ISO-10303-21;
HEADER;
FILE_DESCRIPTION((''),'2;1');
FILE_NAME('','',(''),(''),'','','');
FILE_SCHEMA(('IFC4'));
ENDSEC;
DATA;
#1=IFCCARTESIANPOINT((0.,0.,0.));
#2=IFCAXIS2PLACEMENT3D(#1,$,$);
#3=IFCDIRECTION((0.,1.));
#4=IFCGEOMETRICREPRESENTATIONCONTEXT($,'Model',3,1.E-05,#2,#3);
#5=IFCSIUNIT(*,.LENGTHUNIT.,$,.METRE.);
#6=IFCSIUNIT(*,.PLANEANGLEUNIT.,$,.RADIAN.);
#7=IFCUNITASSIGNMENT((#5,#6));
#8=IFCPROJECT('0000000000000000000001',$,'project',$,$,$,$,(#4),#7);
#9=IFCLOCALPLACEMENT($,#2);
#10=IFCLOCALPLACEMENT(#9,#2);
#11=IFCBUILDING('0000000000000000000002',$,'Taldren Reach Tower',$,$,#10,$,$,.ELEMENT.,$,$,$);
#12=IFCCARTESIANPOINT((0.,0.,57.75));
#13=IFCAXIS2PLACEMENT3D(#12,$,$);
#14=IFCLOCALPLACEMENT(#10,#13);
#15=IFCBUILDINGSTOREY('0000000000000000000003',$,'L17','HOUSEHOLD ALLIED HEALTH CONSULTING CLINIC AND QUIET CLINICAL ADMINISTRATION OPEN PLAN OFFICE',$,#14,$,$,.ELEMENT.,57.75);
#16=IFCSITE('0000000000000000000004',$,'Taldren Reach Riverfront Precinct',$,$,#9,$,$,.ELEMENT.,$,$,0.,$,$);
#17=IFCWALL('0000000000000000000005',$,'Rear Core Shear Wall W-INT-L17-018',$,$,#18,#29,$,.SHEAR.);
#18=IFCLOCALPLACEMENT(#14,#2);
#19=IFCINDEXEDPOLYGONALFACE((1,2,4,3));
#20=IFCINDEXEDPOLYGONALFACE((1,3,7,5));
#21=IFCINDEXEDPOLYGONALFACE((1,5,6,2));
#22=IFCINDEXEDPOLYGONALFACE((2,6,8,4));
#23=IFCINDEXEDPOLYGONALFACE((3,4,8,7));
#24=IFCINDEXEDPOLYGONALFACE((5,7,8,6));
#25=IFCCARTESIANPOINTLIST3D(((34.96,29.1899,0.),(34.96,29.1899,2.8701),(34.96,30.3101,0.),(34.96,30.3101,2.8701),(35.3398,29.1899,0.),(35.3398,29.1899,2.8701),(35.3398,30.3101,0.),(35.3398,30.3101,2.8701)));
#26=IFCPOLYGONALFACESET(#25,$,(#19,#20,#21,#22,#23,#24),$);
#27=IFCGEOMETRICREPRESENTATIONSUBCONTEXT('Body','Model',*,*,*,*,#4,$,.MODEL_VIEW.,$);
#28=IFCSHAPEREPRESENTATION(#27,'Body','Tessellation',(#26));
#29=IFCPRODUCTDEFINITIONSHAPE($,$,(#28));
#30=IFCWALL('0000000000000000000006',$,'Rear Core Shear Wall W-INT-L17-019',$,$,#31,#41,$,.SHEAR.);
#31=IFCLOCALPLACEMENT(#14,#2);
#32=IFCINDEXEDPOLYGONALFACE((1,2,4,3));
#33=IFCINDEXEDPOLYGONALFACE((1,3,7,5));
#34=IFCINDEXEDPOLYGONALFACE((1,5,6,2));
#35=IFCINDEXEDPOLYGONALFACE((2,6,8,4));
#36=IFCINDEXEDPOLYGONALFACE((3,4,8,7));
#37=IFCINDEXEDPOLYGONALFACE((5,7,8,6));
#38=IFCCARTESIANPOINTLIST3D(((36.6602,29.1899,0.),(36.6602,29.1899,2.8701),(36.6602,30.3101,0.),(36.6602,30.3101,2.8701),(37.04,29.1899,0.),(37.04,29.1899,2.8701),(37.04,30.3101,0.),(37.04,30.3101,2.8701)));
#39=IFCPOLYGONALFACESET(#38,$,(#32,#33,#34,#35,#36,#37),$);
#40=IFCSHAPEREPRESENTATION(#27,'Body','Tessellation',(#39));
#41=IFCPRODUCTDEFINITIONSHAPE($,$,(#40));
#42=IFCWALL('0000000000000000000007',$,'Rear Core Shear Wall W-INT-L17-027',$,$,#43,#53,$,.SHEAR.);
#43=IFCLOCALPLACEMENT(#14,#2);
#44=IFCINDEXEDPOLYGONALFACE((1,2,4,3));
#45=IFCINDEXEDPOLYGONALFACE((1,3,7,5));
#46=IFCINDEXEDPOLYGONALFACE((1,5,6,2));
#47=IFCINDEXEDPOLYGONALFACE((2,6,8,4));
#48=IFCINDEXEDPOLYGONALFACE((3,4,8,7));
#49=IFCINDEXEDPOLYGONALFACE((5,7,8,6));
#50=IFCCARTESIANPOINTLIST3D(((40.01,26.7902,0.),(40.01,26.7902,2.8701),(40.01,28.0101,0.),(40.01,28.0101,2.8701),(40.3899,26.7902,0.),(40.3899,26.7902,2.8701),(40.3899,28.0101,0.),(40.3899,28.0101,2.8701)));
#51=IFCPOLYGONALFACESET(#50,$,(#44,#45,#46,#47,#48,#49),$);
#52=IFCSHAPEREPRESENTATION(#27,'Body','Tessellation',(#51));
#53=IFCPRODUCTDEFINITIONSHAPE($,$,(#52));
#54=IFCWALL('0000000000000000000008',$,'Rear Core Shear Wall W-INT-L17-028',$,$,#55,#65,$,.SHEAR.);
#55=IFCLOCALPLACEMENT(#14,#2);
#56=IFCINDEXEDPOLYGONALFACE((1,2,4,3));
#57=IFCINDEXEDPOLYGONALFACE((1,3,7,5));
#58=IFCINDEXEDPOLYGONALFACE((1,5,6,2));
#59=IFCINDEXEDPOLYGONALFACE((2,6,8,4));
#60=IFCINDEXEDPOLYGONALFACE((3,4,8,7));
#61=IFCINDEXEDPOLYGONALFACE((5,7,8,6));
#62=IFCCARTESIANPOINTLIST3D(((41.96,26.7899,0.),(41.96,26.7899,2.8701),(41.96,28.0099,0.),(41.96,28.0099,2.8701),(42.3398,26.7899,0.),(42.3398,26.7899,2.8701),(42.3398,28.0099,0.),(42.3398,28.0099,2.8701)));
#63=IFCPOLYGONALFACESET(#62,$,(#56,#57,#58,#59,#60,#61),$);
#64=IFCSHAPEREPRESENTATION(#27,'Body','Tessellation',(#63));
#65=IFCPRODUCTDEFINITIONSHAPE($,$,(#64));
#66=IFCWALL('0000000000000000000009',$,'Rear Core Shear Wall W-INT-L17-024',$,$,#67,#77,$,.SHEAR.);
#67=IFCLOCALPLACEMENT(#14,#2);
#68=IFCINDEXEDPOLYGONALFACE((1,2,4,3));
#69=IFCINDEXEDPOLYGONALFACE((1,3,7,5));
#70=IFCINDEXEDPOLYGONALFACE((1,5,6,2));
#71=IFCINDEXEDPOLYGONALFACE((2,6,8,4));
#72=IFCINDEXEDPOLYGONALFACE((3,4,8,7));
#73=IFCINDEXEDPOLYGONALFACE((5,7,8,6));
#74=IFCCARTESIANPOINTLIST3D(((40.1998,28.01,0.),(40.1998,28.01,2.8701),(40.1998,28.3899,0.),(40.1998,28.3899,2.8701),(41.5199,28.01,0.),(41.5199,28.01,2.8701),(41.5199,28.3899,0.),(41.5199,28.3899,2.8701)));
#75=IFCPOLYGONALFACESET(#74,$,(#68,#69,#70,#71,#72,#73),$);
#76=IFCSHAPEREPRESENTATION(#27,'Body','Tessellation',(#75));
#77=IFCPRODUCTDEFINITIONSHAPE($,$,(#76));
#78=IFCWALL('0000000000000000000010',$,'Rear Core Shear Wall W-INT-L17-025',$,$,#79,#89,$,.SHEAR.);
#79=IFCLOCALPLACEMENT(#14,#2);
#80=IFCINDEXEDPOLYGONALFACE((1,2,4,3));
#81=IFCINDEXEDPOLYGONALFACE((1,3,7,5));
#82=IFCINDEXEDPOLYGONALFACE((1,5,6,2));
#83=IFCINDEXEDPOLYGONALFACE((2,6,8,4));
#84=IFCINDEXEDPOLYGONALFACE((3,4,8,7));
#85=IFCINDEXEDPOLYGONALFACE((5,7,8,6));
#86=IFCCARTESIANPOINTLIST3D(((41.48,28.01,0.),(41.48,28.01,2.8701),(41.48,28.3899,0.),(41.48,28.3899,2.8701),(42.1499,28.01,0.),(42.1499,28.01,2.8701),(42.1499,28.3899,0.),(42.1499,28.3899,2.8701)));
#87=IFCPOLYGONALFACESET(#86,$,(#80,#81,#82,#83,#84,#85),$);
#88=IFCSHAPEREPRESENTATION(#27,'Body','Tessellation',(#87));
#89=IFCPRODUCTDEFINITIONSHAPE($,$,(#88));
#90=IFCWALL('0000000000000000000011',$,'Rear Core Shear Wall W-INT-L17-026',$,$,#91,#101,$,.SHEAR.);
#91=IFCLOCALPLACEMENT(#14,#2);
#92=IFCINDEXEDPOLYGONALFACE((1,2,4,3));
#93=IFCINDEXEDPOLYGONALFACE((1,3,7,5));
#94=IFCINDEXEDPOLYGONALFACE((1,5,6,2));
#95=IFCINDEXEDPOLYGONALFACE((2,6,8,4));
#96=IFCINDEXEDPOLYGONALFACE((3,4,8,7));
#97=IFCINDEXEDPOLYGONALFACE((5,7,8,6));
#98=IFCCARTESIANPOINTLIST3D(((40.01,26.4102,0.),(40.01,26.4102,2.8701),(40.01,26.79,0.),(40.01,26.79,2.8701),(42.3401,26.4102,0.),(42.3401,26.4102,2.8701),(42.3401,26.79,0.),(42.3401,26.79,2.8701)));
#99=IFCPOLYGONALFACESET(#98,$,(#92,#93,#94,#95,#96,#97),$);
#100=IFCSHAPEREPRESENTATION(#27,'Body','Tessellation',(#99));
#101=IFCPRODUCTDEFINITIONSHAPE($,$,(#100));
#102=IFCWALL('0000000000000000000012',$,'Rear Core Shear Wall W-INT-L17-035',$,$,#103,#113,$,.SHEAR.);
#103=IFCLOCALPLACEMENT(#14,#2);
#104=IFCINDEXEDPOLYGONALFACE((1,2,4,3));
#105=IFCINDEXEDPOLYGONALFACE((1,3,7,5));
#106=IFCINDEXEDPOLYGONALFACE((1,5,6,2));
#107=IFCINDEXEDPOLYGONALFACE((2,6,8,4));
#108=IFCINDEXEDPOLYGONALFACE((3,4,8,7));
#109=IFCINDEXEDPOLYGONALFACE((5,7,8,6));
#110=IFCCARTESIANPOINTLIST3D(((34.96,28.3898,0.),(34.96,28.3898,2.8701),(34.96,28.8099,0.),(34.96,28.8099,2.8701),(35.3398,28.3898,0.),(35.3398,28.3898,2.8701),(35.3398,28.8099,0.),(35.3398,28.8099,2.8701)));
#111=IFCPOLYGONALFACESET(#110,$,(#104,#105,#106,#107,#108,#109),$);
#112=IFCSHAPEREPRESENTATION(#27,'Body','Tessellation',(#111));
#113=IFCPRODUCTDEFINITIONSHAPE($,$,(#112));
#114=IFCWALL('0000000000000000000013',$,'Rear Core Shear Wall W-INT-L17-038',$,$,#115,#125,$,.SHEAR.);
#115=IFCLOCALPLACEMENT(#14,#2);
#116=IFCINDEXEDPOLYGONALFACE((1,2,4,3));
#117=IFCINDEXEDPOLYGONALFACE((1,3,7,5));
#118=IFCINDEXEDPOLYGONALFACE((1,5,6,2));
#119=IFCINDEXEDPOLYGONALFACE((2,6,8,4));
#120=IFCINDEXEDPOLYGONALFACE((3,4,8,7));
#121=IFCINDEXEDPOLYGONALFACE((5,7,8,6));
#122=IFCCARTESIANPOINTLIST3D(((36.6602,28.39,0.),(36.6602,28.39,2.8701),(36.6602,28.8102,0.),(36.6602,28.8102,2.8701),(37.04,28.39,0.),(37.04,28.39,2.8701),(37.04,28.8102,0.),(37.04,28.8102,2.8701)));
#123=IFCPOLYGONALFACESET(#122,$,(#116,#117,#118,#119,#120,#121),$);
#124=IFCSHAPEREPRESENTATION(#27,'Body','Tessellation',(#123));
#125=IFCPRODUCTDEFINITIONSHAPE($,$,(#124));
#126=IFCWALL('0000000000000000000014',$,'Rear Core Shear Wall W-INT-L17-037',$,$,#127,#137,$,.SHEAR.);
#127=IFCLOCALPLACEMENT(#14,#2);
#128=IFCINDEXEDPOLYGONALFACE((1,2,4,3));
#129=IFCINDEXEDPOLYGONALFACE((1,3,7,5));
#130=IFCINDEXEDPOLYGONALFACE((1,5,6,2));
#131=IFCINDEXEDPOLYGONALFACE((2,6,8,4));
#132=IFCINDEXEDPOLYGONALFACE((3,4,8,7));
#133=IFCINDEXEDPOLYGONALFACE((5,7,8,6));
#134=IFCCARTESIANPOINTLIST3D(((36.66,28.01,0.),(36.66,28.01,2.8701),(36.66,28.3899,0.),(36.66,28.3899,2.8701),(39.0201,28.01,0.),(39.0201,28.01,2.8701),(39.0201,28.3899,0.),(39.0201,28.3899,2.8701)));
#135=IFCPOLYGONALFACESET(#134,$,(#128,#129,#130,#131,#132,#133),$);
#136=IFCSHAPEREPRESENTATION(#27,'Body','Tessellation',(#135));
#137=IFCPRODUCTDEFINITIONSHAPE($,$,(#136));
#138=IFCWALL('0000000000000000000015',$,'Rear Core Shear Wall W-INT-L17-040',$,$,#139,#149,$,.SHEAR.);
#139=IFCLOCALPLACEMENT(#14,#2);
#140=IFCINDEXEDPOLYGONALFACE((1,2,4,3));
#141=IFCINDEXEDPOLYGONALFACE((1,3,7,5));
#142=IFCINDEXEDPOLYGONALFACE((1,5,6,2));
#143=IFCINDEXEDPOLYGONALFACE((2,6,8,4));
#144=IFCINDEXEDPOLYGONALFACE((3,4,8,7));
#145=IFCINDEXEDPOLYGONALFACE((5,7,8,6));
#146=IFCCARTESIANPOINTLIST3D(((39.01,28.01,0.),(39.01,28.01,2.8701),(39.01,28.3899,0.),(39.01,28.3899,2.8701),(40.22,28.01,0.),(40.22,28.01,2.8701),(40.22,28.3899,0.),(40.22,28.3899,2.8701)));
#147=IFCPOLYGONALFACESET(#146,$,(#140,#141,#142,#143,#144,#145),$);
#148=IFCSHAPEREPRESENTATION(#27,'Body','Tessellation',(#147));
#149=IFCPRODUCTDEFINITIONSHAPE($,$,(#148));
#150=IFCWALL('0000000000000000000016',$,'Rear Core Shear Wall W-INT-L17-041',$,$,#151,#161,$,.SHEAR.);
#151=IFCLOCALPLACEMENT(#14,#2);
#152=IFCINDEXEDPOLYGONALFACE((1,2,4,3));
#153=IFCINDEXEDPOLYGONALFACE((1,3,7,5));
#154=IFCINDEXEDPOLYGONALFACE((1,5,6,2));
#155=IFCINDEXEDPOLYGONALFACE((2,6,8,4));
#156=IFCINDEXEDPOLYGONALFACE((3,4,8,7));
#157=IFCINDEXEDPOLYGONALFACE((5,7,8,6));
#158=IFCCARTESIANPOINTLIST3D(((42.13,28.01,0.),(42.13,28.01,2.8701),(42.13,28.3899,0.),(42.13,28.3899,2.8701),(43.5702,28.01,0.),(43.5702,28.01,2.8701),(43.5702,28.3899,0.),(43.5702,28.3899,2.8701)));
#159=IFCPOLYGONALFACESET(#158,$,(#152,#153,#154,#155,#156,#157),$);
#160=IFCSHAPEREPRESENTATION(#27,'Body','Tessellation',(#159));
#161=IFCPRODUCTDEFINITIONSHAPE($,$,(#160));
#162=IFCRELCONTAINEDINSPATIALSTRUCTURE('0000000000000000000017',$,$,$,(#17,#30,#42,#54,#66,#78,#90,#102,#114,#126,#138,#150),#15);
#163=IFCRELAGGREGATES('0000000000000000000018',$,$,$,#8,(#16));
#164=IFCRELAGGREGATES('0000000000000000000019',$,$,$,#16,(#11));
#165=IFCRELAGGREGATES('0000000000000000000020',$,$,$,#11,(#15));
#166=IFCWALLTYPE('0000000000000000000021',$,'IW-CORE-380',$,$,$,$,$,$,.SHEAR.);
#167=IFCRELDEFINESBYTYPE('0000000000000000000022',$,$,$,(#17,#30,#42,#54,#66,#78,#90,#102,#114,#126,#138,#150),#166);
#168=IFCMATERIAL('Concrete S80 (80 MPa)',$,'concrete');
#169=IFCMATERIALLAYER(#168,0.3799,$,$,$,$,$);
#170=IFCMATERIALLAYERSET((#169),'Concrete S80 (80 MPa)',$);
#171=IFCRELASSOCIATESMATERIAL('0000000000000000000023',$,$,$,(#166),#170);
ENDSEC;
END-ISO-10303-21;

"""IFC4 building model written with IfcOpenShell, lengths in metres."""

from ifc_helpers import new_model, si_unit, direction, frame, frame_2d, origin, place, context, subcontext, project, spatial, rectangle, extrude, source, transform, mapped, material, layer, layer_set, type_object, element, save


model = new_model("IFC4")

# Units and contexts
model_context = context("Model", 3, precision=1e-05, world=origin(), true_north=direction((0.0, 1.0)))
body_context = subcontext(model_context, "Body", "Model", "MODEL_VIEW")
ifc_project = project(units=[si_unit("LENGTHUNIT", "METRE"), si_unit("PLANEANGLEUNIT", "RADIAN")], contexts=[model_context])

# Site, building, storey
site_placement = place(None, origin())
site = spatial("IfcSite", under=ifc_project, at=site_placement, Name="Taldren Reach Riverfront Precinct", CompositionType="ELEMENT", RefElevation=0.0)
building_placement = place(site_placement, origin())
building = spatial("IfcBuilding", under=site, at=building_placement, Name="Taldren Reach Tower", CompositionType="ELEMENT")
storey_placement = place(building_placement, frame((0.0, 0.0, 57.75)))
storey = spatial("IfcBuildingStorey", under=building, at=storey_placement, Name="L17", Description="HOUSEHOLD ALLIED HEALTH CONSULTING CLINIC AND QUIET CLINICAL ADMINISTRATION OPEN PLAN OFFICE", CompositionType="ELEMENT", Elevation=57.75)

# Shared definitions
ifc_material_1 = material(Name="Concrete S80 (80 MPa)", Category="concrete")
ifc_layer_1 = layer(ifc_material_1, 0.3799)
ifc_layer_set_1 = layer_set([ifc_layer_1], Name="Concrete S80 (80 MPa)")
wall_type_1 = type_object("IfcWallType", Name="IW-CORE-380", PredefinedType="SHEAR", material=ifc_layer_set_1)

# Walls
shared_shape_1 = source(origin(), body_context, "Body", "SweptSolid", [
    extrude(rectangle(XDim=1.1201, YDim=0.3799, at=frame_2d((0.5601, 0.0))), origin(), (0.0, 0.0, 1.0), 2.8701),
])
for number, where, z_axis, x_axis, name in (
    (1, (35.1499, 30.3101, 0.0), (0.0, 0.0, 1.0), (0.0, -1.0, 0.0), "Rear Core Shear Wall W-INT-L17-018"),
    (2, (36.8501, 29.1899, 0.0), (0.0, 0.0, 1.0), (0.0, 1.0, 0.0), "Rear Core Shear Wall W-INT-L17-019"),
):
    element("IfcWall", number, at=place(storey_placement, frame(where, z_axis=z_axis, x_axis=x_axis)), inside=storey, type_object=wall_type_1, Name=name, PredefinedType="SHEAR", context=body_context, shape_type="MappedRepresentation", body=[
        mapped(shared_shape_1, transform((0.0, 0.0, 0.0), scale=1.0)),
    ])
shared_shape_2 = source(origin(), body_context, "Body", "SweptSolid", [
    extrude(rectangle(XDim=1.22, YDim=0.3799, at=frame_2d((0.6099, 0.0))), origin(), (0.0, 0.0, 1.0), 2.8701),
])
for number, where, z_axis, x_axis, name in (
    (3, (40.2, 28.01, 0.0), (0.0, 0.0, 1.0), (0.0, -1.0, 0.0), "Rear Core Shear Wall W-INT-L17-027"),
    (4, (42.1499, 26.79, 0.0), (0.0, 0.0, 1.0), (0.0, 1.0, 0.0), "Rear Core Shear Wall W-INT-L17-028"),
):
    element("IfcWall", number, at=place(storey_placement, frame(where, z_axis=z_axis, x_axis=x_axis)), inside=storey, type_object=wall_type_1, Name=name, PredefinedType="SHEAR", context=body_context, shape_type="MappedRepresentation", body=[
        mapped(shared_shape_2, transform((0.0, 0.0, 0.0), scale=1.0)),
    ])
shared_shape_3 = source(origin(), body_context, "Body", "SweptSolid", [
    extrude(rectangle(XDim=1.3201, YDim=0.3799, at=frame_2d((0.6602, 0.0))), origin(), (0.0, 0.0, 1.0), 2.8701),
])
wall_1_placement = place(storey_placement, frame((41.52, 28.2, 0.0), z_axis=(0.0, 0.0, 1.0), x_axis=(-1.0, 0.0, 0.0)))
element("IfcWall", 5, at=wall_1_placement, inside=storey, type_object=wall_type_1, Name="Rear Core Shear Wall W-INT-L17-024", PredefinedType="SHEAR", context=body_context, shape_type="MappedRepresentation", body=[
    mapped(shared_shape_3, transform((0.0, 0.0, 0.0), scale=1.0)),
])
shared_shape_4 = source(origin(), body_context, "Body", "SweptSolid", [
    extrude(rectangle(XDim=0.6699, YDim=0.3799, at=frame_2d((0.335, 0.0))), origin(), (0.0, 0.0, 1.0), 2.8701),
])
wall_2_placement = place(storey_placement, frame((42.1499, 28.2, 0.0), z_axis=(0.0, 0.0, 1.0), x_axis=(-1.0, 0.0, 0.0)))
element("IfcWall", 6, at=wall_2_placement, inside=storey, type_object=wall_type_1, Name="Rear Core Shear Wall W-INT-L17-025", PredefinedType="SHEAR", context=body_context, shape_type="MappedRepresentation", body=[
    mapped(shared_shape_4, transform((0.0, 0.0, 0.0), scale=1.0)),
])
shared_shape_5 = source(origin(), body_context, "Body", "SweptSolid", [
    extrude(rectangle(XDim=2.3301, YDim=0.3799, at=frame_2d((1.165, 0.0))), origin(), (0.0, 0.0, 1.0), 2.8701),
])
wall_3_placement = place(storey_placement, frame((40.01, 26.6001, 0.0), z_axis=(0.0, 0.0, 1.0), x_axis=(1.0, 0.0, 0.0)))
element("IfcWall", 7, at=wall_3_placement, inside=storey, type_object=wall_type_1, Name="Rear Core Shear Wall W-INT-L17-026", PredefinedType="SHEAR", context=body_context, shape_type="MappedRepresentation", body=[
    mapped(shared_shape_5, transform((0.0, 0.0, 0.0), scale=1.0)),
])
shared_shape_6 = source(origin(), body_context, "Body", "SweptSolid", [
    extrude(rectangle(XDim=0.4202, YDim=0.3799, at=frame_2d((0.21, 0.0))), origin(), (0.0, 0.0, 1.0), 2.8701),
])
for number, where, z_axis, x_axis, name in (
    (8, (35.1499, 28.3899, 0.0), (0.0, 0.0, 1.0), (0.0, 1.0, 0.0), "Rear Core Shear Wall W-INT-L17-035"),
    (9, (36.8501, 28.8101, 0.0), (0.0, 0.0, 1.0), (0.0, -1.0, 0.0), "Rear Core Shear Wall W-INT-L17-038"),
):
    element("IfcWall", number, at=place(storey_placement, frame(where, z_axis=z_axis, x_axis=x_axis)), inside=storey, type_object=wall_type_1, Name=name, PredefinedType="SHEAR", context=body_context, shape_type="MappedRepresentation", body=[
        mapped(shared_shape_6, transform((0.0, 0.0, 0.0), scale=1.0)),
    ])
shared_shape_7 = source(origin(), body_context, "Body", "SweptSolid", [
    extrude(rectangle(XDim=2.3601, YDim=0.3799, at=frame_2d((1.1802, 0.0))), origin(), (0.0, 0.0, 1.0), 2.8701),
])
wall_4_placement = place(storey_placement, frame((36.6599, 28.2, 0.0), z_axis=(0.0, 0.0, 1.0), x_axis=(1.0, 0.0, 0.0)))
element("IfcWall", 10, at=wall_4_placement, inside=storey, type_object=wall_type_1, Name="Rear Core Shear Wall W-INT-L17-037", PredefinedType="SHEAR", context=body_context, shape_type="MappedRepresentation", body=[
    mapped(shared_shape_7, transform((0.0, 0.0, 0.0), scale=1.0)),
])
shared_shape_8 = source(origin(), body_context, "Body", "SweptSolid", [
    extrude(rectangle(XDim=1.21, YDim=0.3799, at=frame_2d((0.605, 0.0))), origin(), (0.0, 0.0, 1.0), 2.8701),
])
wall_5_placement = place(storey_placement, frame((39.01, 28.2, 0.0), z_axis=(0.0, 0.0, 1.0), x_axis=(1.0, 0.0, 0.0)))
element("IfcWall", 11, at=wall_5_placement, inside=storey, type_object=wall_type_1, Name="Rear Core Shear Wall W-INT-L17-040", PredefinedType="SHEAR", context=body_context, shape_type="MappedRepresentation", body=[
    mapped(shared_shape_8, transform((0.0, 0.0, 0.0), scale=1.0)),
])
shared_shape_9 = source(origin(), body_context, "Body", "SweptSolid", [
    extrude(rectangle(XDim=1.4402, YDim=0.3799, at=frame_2d((0.7202, 0.0))), origin(), (0.0, 0.0, 1.0), 2.8701),
])
wall_6_placement = place(storey_placement, frame((42.1299, 28.2, 0.0), z_axis=(0.0, 0.0, 1.0), x_axis=(1.0, 0.0, 0.0)))
element("IfcWall", 12, at=wall_6_placement, inside=storey, type_object=wall_type_1, Name="Rear Core Shear Wall W-INT-L17-041", PredefinedType="SHEAR", context=body_context, shape_type="MappedRepresentation", body=[
    mapped(shared_shape_9, transform((0.0, 0.0, 0.0), scale=1.0)),
])

save(model, "model.ifc")
